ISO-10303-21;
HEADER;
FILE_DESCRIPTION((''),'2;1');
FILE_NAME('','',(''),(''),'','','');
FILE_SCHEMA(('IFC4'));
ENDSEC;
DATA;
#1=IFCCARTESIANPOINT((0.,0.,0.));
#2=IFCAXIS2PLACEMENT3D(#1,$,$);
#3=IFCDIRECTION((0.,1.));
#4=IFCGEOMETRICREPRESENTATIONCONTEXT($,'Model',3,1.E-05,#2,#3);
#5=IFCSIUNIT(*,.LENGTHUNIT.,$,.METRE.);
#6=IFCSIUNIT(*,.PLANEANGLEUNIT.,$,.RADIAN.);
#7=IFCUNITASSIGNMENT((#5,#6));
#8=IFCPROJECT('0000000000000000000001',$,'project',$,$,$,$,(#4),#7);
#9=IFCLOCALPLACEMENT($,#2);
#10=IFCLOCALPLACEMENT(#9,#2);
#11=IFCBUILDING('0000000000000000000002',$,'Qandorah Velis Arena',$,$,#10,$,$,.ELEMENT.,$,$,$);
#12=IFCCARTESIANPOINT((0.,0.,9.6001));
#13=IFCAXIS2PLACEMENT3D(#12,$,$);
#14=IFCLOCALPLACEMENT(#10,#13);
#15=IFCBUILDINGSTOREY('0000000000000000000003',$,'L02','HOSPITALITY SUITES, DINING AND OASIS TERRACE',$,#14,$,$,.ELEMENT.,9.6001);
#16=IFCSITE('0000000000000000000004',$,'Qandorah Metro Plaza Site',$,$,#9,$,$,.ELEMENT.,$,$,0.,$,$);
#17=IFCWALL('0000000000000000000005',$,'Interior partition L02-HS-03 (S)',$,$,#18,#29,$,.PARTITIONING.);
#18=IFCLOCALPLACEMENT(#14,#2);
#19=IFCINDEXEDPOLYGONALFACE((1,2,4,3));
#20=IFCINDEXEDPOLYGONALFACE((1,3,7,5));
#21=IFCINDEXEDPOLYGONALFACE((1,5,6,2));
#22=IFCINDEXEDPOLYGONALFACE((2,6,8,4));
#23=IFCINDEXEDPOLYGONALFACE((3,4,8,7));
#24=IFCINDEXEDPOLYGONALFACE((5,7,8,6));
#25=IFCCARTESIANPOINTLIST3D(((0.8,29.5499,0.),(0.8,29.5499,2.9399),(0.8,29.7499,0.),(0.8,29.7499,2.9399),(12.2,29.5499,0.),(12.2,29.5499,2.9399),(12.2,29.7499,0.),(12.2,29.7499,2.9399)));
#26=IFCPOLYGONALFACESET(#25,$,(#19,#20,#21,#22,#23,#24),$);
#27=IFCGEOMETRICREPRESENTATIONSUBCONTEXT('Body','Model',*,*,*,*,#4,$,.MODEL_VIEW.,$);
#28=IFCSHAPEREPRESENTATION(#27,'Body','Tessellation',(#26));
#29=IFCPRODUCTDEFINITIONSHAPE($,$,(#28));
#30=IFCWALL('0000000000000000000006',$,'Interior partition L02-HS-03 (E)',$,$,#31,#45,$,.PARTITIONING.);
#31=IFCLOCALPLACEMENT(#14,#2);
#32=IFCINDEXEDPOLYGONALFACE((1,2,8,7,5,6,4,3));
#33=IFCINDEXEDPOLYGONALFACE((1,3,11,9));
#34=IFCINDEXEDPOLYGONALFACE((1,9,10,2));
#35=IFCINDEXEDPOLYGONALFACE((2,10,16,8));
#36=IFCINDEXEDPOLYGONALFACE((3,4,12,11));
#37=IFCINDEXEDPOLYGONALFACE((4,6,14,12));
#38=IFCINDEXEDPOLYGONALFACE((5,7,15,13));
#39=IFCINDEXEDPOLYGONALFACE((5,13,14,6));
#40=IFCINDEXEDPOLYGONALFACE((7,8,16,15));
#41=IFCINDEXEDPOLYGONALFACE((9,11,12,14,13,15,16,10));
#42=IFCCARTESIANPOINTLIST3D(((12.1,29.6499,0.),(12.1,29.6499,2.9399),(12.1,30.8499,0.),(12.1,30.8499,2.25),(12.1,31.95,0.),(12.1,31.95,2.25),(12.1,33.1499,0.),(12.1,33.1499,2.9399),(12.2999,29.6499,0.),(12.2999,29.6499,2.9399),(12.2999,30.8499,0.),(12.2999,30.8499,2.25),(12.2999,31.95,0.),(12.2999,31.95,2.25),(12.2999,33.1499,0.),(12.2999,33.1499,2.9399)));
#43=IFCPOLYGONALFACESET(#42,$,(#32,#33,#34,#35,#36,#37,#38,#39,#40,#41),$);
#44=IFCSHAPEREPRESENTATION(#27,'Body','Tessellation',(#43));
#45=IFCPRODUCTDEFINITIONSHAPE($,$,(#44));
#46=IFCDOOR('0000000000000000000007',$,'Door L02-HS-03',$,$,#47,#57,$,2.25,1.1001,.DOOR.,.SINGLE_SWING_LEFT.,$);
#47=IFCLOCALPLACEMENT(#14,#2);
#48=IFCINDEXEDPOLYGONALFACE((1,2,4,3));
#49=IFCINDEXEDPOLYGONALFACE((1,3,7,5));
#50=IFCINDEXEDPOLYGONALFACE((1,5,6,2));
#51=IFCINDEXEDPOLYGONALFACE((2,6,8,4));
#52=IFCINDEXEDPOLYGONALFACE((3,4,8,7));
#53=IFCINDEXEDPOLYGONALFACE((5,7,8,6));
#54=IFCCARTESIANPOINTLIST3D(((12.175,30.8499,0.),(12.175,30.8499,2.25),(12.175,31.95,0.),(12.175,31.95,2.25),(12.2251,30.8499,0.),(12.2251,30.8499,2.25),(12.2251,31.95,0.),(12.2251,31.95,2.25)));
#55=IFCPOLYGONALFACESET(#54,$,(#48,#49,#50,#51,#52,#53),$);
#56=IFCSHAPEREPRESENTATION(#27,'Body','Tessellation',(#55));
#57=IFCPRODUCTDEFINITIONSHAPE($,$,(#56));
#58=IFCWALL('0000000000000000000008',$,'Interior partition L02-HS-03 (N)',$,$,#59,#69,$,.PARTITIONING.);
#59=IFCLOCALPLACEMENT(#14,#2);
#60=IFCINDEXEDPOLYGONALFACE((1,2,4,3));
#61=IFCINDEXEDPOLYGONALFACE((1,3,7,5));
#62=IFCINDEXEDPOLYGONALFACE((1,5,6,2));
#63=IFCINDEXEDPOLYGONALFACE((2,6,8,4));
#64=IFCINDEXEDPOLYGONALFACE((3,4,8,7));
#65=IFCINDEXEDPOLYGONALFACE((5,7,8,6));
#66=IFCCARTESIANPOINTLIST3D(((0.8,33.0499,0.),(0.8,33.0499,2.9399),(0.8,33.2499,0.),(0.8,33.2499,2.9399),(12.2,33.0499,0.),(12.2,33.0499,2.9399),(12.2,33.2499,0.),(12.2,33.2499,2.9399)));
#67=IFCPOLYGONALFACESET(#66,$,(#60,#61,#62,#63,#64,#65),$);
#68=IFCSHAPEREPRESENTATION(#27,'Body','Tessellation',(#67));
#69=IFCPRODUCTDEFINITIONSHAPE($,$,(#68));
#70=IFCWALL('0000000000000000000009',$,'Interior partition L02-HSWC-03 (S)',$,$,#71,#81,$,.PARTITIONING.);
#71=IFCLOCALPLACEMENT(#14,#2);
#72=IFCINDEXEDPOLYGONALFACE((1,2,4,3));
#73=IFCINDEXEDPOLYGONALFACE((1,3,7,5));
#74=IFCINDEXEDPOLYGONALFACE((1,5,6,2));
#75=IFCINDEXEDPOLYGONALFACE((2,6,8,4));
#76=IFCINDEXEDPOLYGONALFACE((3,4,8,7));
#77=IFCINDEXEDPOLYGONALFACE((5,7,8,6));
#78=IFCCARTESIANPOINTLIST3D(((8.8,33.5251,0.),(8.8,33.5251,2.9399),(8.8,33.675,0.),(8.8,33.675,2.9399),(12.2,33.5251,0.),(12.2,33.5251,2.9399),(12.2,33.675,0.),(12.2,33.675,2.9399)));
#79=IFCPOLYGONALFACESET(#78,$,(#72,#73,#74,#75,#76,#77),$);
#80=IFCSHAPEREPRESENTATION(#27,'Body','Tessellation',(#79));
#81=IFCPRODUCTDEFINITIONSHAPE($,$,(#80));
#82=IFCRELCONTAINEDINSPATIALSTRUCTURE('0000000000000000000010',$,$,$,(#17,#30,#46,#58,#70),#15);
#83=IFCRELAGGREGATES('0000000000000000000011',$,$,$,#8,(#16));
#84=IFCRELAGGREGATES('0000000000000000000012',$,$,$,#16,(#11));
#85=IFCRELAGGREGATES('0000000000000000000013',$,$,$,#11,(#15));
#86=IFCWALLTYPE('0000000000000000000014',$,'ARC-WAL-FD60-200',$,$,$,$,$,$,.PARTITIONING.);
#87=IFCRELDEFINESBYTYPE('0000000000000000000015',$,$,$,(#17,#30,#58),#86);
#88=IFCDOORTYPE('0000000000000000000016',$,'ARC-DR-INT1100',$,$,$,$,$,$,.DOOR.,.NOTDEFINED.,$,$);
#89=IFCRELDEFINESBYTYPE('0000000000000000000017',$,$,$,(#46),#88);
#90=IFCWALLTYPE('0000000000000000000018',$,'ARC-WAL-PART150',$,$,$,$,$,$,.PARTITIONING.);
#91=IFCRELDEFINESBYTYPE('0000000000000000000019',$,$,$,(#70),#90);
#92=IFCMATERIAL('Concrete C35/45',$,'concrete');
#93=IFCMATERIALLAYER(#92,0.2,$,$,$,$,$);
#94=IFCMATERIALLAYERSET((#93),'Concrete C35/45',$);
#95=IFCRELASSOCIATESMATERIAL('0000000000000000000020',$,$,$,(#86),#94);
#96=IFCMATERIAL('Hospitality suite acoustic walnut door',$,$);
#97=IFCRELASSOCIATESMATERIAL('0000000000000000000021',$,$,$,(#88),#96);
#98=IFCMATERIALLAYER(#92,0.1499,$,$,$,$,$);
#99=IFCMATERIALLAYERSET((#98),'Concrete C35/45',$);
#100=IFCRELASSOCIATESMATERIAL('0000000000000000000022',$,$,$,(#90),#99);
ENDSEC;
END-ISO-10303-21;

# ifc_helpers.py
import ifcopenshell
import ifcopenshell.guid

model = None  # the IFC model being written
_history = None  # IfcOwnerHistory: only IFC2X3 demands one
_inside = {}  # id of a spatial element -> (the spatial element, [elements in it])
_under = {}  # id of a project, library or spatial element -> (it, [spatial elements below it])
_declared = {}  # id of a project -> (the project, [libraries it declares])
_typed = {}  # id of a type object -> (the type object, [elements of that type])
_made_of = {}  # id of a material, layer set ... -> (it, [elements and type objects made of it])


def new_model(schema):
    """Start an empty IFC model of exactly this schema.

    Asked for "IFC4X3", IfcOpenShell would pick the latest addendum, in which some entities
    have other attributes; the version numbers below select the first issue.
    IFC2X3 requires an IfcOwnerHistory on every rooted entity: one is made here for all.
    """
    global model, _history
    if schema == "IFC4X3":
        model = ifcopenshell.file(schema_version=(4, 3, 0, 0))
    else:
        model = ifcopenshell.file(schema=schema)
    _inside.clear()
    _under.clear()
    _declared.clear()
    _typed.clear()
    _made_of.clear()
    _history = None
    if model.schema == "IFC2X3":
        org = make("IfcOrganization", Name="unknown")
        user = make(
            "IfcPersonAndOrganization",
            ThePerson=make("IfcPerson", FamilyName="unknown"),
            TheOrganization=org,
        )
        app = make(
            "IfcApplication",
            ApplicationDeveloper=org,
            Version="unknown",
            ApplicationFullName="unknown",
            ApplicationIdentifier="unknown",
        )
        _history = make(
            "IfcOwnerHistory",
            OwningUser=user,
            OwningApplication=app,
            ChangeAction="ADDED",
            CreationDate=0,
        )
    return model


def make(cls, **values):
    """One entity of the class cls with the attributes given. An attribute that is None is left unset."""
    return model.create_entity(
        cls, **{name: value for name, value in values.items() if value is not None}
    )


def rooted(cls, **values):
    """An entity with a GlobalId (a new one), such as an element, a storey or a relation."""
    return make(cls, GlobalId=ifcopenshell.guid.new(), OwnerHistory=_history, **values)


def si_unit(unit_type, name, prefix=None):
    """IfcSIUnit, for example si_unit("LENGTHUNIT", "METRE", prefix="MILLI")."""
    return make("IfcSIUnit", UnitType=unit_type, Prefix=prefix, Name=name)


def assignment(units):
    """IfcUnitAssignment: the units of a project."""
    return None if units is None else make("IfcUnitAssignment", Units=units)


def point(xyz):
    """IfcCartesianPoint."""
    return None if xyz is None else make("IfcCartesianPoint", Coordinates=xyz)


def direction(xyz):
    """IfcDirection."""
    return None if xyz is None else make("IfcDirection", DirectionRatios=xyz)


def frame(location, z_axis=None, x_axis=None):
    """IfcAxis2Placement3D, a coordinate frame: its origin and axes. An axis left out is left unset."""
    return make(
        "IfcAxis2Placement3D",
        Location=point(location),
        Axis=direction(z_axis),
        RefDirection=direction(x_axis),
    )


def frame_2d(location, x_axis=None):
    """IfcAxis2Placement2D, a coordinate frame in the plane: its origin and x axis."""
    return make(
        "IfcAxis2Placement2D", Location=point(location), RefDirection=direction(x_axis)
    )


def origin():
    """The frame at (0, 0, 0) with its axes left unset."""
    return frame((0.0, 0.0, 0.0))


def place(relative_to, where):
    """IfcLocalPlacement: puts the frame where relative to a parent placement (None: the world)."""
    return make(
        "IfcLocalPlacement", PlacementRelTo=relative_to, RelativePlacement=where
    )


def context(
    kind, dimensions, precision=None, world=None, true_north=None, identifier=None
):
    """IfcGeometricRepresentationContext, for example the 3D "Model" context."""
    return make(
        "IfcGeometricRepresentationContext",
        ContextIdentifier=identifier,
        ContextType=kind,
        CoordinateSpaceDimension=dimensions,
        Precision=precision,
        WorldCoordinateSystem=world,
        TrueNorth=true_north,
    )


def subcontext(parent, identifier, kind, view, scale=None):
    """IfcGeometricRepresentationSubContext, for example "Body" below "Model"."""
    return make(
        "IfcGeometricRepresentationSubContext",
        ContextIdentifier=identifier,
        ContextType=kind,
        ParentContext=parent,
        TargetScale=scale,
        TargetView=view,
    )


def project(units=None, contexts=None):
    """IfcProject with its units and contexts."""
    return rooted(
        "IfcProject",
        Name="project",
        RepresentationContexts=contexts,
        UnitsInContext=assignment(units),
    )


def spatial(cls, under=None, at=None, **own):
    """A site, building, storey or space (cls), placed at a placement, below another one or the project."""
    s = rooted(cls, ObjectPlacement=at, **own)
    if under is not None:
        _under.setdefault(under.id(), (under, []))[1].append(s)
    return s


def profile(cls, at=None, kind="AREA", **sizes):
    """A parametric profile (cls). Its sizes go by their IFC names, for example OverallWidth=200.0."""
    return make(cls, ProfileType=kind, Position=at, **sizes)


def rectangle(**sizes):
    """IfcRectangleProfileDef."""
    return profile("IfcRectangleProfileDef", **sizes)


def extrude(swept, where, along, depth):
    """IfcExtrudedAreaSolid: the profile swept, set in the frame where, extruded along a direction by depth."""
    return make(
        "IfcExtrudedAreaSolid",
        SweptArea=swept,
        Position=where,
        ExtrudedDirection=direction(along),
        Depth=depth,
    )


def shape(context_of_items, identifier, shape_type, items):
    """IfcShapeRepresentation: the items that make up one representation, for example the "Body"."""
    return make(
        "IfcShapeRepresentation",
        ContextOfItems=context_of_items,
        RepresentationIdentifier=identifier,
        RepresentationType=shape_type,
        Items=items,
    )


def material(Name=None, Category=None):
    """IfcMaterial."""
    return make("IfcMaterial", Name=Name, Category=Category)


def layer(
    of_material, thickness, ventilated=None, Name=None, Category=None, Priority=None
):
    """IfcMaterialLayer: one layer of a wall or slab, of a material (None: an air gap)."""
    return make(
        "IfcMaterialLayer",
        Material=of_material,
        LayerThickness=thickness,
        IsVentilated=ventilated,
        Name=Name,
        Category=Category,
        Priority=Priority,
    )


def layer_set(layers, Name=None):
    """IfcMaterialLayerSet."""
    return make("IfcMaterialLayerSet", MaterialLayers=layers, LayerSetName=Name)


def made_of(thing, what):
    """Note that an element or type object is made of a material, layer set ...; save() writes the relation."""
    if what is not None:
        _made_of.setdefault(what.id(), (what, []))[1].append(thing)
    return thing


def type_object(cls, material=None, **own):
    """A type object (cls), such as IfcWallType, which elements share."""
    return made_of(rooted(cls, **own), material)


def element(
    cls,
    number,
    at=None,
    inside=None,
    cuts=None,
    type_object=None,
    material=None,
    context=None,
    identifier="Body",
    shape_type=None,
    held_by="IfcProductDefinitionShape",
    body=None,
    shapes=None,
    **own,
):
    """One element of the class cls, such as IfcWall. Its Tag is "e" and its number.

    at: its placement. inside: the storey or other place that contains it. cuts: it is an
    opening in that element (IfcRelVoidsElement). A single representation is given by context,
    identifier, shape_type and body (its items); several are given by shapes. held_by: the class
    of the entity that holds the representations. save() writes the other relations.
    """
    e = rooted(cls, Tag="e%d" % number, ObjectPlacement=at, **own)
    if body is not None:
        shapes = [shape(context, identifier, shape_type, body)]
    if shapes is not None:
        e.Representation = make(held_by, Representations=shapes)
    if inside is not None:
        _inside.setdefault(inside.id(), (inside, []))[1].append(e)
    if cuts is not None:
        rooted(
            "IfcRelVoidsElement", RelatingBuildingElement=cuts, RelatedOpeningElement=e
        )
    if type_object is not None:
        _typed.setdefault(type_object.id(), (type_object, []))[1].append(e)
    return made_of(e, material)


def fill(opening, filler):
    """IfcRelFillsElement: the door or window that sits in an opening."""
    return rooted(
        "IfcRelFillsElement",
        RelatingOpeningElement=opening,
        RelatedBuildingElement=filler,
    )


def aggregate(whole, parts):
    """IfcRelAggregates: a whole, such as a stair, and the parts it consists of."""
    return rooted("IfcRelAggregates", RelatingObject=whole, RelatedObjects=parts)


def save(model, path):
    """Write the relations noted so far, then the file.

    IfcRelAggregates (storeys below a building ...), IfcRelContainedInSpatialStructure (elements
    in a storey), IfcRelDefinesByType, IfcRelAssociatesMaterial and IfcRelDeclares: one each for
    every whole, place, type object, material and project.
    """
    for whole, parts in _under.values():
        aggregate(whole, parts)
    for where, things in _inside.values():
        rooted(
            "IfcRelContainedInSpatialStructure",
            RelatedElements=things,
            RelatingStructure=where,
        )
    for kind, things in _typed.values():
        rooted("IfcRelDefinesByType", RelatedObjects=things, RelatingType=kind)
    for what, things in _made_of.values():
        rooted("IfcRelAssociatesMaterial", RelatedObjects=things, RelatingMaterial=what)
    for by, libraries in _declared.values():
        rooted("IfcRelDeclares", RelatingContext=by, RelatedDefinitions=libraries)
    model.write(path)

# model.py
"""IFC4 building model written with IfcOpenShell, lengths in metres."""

from ifc_helpers import new_model, si_unit, direction, frame, frame_2d, origin, place, context, subcontext, project, spatial, rectangle, extrude, material, layer, layer_set, type_object, element, fill, save


model = new_model("IFC4")

# Units and contexts
model_context = context("Model", 3, precision=1e-05, world=origin(), true_north=direction((0.0, 1.0)))
body_context = subcontext(model_context, "Body", "Model", "MODEL_VIEW")
ifc_project = project(units=[si_unit("LENGTHUNIT", "METRE"), si_unit("PLANEANGLEUNIT", "RADIAN")], contexts=[model_context])

# Site, building, storey
site_placement = place(None, origin())
site = spatial("IfcSite", under=ifc_project, at=site_placement, Name="Qandorah Metro Plaza Site", CompositionType="ELEMENT", RefElevation=0.0)
building_placement = place(site_placement, origin())
building = spatial("IfcBuilding", under=site, at=building_placement, Name="Qandorah Velis Arena", CompositionType="ELEMENT")
storey_placement = place(building_placement, frame((0.0, 0.0, 9.6001)))
storey = spatial("IfcBuildingStorey", under=building, at=storey_placement, Name="L02", Description="HOSPITALITY SUITES, DINING AND OASIS TERRACE", CompositionType="ELEMENT", Elevation=9.6001)

# Wall
ifc_material_1 = material(Name="Concrete C35/45", Category="concrete")
ifc_layer_1 = layer(ifc_material_1, 0.2)
ifc_layer_set_1 = layer_set([ifc_layer_1], Name="Concrete C35/45")
wall_type_1 = type_object("IfcWallType", Name="ARC-WAL-FD60-200", PredefinedType="PARTITIONING", material=ifc_layer_set_1)
wall_1_placement = place(storey_placement, frame((0.8, 29.6499, 0.0), z_axis=(0.0, 0.0, 1.0), x_axis=(1.0, 0.0, 0.0)))
element("IfcWall", 1, at=wall_1_placement, inside=storey, type_object=wall_type_1, Name="Interior partition L02-HS-03 (S)", PredefinedType="PARTITIONING", context=body_context, shape_type="SweptSolid", body=[
    extrude(rectangle(XDim=11.3999, YDim=0.2, at=frame_2d((5.7, 0.0))), origin(), (0.0, 0.0, 1.0), 2.9399),
])

# Wall, opening, door
wall_2_placement = place(storey_placement, frame((12.2, 29.6499, 0.0), z_axis=(0.0, 0.0, 1.0), x_axis=(0.0, 1.0, 0.0)))
wall_2 = element("IfcWall", 2, at=wall_2_placement, inside=storey, type_object=wall_type_1, Name="Interior partition L02-HS-03 (E)", PredefinedType="PARTITIONING", context=body_context, shape_type="SweptSolid", body=[
    extrude(rectangle(XDim=3.5, YDim=0.2, at=frame_2d((1.75, 0.0))), origin(), (0.0, 0.0, 1.0), 2.9399),
])
opening_1_placement = place(wall_2_placement, frame((1.2, 0.0, 0.0)))
opening_1 = element("IfcOpeningElement", 3, at=opening_1_placement, cuts=wall_2, PredefinedType="OPENING", context=body_context, shape_type="SweptSolid", body=[
    extrude(rectangle(XDim=1.1001, YDim=2.25, at=frame_2d((0.55, 1.125))), frame((0.0, 0.1099, 0.0), z_axis=(0.0, -1.0, 0.0), x_axis=(1.0, 0.0, 0.0)), (0.0, 0.0, 1.0), 0.22),
])
ifc_material_2 = material(Name="Hospitality suite acoustic walnut door")
door_type_1 = type_object("IfcDoorType", Name="ARC-DR-INT1100", OperationType="NOTDEFINED", PredefinedType="DOOR", material=ifc_material_2)
door_1_placement = place(opening_1_placement, origin())
door_1 = element("IfcDoor", 4, at=door_1_placement, inside=storey, type_object=door_type_1, Name="Door L02-HS-03", OperationType="SINGLE_SWING_LEFT", OverallHeight=2.25, OverallWidth=1.1001, PredefinedType="DOOR", context=body_context, shape_type="SweptSolid", body=[
    extrude(rectangle(XDim=1.1001, YDim=2.25, at=frame_2d((0.55, 1.125))), frame((0.0, 0.0249, 0.0), z_axis=(0.0, -1.0, 0.0), x_axis=(1.0, 0.0, 0.0)), (0.0, 0.0, 1.0), 0.05),
])
fill(opening_1, door_1)

# Walls
wall_3_placement = place(storey_placement, frame((12.2, 33.1499, 0.0), z_axis=(0.0, 0.0, 1.0), x_axis=(-1.0, 0.0, 0.0)))
element("IfcWall", 5, at=wall_3_placement, inside=storey, type_object=wall_type_1, Name="Interior partition L02-HS-03 (N)", PredefinedType="PARTITIONING", context=body_context, shape_type="SweptSolid", body=[
    extrude(rectangle(XDim=11.3999, YDim=0.2, at=frame_2d((5.7, 0.0))), origin(), (0.0, 0.0, 1.0), 2.9399),
])
ifc_layer_2 = layer(ifc_material_1, 0.1499)
ifc_layer_set_2 = layer_set([ifc_layer_2], Name="Concrete C35/45")
wall_type_2 = type_object("IfcWallType", Name="ARC-WAL-PART150", PredefinedType="PARTITIONING", material=ifc_layer_set_2)
wall_4_placement = place(storey_placement, frame((8.8, 33.6001, 0.0), z_axis=(0.0, 0.0, 1.0), x_axis=(1.0, 0.0, 0.0)))
element("IfcWall", 6, at=wall_4_placement, inside=storey, type_object=wall_type_2, Name="Interior partition L02-HSWC-03 (S)", PredefinedType="PARTITIONING", context=body_context, shape_type="SweptSolid", body=[
    extrude(rectangle(XDim=3.3999, YDim=0.1499, at=frame_2d((1.7, 0.0))), origin(), (0.0, 0.0, 1.0), 2.9399),
])

save(model, "model.ifc")
